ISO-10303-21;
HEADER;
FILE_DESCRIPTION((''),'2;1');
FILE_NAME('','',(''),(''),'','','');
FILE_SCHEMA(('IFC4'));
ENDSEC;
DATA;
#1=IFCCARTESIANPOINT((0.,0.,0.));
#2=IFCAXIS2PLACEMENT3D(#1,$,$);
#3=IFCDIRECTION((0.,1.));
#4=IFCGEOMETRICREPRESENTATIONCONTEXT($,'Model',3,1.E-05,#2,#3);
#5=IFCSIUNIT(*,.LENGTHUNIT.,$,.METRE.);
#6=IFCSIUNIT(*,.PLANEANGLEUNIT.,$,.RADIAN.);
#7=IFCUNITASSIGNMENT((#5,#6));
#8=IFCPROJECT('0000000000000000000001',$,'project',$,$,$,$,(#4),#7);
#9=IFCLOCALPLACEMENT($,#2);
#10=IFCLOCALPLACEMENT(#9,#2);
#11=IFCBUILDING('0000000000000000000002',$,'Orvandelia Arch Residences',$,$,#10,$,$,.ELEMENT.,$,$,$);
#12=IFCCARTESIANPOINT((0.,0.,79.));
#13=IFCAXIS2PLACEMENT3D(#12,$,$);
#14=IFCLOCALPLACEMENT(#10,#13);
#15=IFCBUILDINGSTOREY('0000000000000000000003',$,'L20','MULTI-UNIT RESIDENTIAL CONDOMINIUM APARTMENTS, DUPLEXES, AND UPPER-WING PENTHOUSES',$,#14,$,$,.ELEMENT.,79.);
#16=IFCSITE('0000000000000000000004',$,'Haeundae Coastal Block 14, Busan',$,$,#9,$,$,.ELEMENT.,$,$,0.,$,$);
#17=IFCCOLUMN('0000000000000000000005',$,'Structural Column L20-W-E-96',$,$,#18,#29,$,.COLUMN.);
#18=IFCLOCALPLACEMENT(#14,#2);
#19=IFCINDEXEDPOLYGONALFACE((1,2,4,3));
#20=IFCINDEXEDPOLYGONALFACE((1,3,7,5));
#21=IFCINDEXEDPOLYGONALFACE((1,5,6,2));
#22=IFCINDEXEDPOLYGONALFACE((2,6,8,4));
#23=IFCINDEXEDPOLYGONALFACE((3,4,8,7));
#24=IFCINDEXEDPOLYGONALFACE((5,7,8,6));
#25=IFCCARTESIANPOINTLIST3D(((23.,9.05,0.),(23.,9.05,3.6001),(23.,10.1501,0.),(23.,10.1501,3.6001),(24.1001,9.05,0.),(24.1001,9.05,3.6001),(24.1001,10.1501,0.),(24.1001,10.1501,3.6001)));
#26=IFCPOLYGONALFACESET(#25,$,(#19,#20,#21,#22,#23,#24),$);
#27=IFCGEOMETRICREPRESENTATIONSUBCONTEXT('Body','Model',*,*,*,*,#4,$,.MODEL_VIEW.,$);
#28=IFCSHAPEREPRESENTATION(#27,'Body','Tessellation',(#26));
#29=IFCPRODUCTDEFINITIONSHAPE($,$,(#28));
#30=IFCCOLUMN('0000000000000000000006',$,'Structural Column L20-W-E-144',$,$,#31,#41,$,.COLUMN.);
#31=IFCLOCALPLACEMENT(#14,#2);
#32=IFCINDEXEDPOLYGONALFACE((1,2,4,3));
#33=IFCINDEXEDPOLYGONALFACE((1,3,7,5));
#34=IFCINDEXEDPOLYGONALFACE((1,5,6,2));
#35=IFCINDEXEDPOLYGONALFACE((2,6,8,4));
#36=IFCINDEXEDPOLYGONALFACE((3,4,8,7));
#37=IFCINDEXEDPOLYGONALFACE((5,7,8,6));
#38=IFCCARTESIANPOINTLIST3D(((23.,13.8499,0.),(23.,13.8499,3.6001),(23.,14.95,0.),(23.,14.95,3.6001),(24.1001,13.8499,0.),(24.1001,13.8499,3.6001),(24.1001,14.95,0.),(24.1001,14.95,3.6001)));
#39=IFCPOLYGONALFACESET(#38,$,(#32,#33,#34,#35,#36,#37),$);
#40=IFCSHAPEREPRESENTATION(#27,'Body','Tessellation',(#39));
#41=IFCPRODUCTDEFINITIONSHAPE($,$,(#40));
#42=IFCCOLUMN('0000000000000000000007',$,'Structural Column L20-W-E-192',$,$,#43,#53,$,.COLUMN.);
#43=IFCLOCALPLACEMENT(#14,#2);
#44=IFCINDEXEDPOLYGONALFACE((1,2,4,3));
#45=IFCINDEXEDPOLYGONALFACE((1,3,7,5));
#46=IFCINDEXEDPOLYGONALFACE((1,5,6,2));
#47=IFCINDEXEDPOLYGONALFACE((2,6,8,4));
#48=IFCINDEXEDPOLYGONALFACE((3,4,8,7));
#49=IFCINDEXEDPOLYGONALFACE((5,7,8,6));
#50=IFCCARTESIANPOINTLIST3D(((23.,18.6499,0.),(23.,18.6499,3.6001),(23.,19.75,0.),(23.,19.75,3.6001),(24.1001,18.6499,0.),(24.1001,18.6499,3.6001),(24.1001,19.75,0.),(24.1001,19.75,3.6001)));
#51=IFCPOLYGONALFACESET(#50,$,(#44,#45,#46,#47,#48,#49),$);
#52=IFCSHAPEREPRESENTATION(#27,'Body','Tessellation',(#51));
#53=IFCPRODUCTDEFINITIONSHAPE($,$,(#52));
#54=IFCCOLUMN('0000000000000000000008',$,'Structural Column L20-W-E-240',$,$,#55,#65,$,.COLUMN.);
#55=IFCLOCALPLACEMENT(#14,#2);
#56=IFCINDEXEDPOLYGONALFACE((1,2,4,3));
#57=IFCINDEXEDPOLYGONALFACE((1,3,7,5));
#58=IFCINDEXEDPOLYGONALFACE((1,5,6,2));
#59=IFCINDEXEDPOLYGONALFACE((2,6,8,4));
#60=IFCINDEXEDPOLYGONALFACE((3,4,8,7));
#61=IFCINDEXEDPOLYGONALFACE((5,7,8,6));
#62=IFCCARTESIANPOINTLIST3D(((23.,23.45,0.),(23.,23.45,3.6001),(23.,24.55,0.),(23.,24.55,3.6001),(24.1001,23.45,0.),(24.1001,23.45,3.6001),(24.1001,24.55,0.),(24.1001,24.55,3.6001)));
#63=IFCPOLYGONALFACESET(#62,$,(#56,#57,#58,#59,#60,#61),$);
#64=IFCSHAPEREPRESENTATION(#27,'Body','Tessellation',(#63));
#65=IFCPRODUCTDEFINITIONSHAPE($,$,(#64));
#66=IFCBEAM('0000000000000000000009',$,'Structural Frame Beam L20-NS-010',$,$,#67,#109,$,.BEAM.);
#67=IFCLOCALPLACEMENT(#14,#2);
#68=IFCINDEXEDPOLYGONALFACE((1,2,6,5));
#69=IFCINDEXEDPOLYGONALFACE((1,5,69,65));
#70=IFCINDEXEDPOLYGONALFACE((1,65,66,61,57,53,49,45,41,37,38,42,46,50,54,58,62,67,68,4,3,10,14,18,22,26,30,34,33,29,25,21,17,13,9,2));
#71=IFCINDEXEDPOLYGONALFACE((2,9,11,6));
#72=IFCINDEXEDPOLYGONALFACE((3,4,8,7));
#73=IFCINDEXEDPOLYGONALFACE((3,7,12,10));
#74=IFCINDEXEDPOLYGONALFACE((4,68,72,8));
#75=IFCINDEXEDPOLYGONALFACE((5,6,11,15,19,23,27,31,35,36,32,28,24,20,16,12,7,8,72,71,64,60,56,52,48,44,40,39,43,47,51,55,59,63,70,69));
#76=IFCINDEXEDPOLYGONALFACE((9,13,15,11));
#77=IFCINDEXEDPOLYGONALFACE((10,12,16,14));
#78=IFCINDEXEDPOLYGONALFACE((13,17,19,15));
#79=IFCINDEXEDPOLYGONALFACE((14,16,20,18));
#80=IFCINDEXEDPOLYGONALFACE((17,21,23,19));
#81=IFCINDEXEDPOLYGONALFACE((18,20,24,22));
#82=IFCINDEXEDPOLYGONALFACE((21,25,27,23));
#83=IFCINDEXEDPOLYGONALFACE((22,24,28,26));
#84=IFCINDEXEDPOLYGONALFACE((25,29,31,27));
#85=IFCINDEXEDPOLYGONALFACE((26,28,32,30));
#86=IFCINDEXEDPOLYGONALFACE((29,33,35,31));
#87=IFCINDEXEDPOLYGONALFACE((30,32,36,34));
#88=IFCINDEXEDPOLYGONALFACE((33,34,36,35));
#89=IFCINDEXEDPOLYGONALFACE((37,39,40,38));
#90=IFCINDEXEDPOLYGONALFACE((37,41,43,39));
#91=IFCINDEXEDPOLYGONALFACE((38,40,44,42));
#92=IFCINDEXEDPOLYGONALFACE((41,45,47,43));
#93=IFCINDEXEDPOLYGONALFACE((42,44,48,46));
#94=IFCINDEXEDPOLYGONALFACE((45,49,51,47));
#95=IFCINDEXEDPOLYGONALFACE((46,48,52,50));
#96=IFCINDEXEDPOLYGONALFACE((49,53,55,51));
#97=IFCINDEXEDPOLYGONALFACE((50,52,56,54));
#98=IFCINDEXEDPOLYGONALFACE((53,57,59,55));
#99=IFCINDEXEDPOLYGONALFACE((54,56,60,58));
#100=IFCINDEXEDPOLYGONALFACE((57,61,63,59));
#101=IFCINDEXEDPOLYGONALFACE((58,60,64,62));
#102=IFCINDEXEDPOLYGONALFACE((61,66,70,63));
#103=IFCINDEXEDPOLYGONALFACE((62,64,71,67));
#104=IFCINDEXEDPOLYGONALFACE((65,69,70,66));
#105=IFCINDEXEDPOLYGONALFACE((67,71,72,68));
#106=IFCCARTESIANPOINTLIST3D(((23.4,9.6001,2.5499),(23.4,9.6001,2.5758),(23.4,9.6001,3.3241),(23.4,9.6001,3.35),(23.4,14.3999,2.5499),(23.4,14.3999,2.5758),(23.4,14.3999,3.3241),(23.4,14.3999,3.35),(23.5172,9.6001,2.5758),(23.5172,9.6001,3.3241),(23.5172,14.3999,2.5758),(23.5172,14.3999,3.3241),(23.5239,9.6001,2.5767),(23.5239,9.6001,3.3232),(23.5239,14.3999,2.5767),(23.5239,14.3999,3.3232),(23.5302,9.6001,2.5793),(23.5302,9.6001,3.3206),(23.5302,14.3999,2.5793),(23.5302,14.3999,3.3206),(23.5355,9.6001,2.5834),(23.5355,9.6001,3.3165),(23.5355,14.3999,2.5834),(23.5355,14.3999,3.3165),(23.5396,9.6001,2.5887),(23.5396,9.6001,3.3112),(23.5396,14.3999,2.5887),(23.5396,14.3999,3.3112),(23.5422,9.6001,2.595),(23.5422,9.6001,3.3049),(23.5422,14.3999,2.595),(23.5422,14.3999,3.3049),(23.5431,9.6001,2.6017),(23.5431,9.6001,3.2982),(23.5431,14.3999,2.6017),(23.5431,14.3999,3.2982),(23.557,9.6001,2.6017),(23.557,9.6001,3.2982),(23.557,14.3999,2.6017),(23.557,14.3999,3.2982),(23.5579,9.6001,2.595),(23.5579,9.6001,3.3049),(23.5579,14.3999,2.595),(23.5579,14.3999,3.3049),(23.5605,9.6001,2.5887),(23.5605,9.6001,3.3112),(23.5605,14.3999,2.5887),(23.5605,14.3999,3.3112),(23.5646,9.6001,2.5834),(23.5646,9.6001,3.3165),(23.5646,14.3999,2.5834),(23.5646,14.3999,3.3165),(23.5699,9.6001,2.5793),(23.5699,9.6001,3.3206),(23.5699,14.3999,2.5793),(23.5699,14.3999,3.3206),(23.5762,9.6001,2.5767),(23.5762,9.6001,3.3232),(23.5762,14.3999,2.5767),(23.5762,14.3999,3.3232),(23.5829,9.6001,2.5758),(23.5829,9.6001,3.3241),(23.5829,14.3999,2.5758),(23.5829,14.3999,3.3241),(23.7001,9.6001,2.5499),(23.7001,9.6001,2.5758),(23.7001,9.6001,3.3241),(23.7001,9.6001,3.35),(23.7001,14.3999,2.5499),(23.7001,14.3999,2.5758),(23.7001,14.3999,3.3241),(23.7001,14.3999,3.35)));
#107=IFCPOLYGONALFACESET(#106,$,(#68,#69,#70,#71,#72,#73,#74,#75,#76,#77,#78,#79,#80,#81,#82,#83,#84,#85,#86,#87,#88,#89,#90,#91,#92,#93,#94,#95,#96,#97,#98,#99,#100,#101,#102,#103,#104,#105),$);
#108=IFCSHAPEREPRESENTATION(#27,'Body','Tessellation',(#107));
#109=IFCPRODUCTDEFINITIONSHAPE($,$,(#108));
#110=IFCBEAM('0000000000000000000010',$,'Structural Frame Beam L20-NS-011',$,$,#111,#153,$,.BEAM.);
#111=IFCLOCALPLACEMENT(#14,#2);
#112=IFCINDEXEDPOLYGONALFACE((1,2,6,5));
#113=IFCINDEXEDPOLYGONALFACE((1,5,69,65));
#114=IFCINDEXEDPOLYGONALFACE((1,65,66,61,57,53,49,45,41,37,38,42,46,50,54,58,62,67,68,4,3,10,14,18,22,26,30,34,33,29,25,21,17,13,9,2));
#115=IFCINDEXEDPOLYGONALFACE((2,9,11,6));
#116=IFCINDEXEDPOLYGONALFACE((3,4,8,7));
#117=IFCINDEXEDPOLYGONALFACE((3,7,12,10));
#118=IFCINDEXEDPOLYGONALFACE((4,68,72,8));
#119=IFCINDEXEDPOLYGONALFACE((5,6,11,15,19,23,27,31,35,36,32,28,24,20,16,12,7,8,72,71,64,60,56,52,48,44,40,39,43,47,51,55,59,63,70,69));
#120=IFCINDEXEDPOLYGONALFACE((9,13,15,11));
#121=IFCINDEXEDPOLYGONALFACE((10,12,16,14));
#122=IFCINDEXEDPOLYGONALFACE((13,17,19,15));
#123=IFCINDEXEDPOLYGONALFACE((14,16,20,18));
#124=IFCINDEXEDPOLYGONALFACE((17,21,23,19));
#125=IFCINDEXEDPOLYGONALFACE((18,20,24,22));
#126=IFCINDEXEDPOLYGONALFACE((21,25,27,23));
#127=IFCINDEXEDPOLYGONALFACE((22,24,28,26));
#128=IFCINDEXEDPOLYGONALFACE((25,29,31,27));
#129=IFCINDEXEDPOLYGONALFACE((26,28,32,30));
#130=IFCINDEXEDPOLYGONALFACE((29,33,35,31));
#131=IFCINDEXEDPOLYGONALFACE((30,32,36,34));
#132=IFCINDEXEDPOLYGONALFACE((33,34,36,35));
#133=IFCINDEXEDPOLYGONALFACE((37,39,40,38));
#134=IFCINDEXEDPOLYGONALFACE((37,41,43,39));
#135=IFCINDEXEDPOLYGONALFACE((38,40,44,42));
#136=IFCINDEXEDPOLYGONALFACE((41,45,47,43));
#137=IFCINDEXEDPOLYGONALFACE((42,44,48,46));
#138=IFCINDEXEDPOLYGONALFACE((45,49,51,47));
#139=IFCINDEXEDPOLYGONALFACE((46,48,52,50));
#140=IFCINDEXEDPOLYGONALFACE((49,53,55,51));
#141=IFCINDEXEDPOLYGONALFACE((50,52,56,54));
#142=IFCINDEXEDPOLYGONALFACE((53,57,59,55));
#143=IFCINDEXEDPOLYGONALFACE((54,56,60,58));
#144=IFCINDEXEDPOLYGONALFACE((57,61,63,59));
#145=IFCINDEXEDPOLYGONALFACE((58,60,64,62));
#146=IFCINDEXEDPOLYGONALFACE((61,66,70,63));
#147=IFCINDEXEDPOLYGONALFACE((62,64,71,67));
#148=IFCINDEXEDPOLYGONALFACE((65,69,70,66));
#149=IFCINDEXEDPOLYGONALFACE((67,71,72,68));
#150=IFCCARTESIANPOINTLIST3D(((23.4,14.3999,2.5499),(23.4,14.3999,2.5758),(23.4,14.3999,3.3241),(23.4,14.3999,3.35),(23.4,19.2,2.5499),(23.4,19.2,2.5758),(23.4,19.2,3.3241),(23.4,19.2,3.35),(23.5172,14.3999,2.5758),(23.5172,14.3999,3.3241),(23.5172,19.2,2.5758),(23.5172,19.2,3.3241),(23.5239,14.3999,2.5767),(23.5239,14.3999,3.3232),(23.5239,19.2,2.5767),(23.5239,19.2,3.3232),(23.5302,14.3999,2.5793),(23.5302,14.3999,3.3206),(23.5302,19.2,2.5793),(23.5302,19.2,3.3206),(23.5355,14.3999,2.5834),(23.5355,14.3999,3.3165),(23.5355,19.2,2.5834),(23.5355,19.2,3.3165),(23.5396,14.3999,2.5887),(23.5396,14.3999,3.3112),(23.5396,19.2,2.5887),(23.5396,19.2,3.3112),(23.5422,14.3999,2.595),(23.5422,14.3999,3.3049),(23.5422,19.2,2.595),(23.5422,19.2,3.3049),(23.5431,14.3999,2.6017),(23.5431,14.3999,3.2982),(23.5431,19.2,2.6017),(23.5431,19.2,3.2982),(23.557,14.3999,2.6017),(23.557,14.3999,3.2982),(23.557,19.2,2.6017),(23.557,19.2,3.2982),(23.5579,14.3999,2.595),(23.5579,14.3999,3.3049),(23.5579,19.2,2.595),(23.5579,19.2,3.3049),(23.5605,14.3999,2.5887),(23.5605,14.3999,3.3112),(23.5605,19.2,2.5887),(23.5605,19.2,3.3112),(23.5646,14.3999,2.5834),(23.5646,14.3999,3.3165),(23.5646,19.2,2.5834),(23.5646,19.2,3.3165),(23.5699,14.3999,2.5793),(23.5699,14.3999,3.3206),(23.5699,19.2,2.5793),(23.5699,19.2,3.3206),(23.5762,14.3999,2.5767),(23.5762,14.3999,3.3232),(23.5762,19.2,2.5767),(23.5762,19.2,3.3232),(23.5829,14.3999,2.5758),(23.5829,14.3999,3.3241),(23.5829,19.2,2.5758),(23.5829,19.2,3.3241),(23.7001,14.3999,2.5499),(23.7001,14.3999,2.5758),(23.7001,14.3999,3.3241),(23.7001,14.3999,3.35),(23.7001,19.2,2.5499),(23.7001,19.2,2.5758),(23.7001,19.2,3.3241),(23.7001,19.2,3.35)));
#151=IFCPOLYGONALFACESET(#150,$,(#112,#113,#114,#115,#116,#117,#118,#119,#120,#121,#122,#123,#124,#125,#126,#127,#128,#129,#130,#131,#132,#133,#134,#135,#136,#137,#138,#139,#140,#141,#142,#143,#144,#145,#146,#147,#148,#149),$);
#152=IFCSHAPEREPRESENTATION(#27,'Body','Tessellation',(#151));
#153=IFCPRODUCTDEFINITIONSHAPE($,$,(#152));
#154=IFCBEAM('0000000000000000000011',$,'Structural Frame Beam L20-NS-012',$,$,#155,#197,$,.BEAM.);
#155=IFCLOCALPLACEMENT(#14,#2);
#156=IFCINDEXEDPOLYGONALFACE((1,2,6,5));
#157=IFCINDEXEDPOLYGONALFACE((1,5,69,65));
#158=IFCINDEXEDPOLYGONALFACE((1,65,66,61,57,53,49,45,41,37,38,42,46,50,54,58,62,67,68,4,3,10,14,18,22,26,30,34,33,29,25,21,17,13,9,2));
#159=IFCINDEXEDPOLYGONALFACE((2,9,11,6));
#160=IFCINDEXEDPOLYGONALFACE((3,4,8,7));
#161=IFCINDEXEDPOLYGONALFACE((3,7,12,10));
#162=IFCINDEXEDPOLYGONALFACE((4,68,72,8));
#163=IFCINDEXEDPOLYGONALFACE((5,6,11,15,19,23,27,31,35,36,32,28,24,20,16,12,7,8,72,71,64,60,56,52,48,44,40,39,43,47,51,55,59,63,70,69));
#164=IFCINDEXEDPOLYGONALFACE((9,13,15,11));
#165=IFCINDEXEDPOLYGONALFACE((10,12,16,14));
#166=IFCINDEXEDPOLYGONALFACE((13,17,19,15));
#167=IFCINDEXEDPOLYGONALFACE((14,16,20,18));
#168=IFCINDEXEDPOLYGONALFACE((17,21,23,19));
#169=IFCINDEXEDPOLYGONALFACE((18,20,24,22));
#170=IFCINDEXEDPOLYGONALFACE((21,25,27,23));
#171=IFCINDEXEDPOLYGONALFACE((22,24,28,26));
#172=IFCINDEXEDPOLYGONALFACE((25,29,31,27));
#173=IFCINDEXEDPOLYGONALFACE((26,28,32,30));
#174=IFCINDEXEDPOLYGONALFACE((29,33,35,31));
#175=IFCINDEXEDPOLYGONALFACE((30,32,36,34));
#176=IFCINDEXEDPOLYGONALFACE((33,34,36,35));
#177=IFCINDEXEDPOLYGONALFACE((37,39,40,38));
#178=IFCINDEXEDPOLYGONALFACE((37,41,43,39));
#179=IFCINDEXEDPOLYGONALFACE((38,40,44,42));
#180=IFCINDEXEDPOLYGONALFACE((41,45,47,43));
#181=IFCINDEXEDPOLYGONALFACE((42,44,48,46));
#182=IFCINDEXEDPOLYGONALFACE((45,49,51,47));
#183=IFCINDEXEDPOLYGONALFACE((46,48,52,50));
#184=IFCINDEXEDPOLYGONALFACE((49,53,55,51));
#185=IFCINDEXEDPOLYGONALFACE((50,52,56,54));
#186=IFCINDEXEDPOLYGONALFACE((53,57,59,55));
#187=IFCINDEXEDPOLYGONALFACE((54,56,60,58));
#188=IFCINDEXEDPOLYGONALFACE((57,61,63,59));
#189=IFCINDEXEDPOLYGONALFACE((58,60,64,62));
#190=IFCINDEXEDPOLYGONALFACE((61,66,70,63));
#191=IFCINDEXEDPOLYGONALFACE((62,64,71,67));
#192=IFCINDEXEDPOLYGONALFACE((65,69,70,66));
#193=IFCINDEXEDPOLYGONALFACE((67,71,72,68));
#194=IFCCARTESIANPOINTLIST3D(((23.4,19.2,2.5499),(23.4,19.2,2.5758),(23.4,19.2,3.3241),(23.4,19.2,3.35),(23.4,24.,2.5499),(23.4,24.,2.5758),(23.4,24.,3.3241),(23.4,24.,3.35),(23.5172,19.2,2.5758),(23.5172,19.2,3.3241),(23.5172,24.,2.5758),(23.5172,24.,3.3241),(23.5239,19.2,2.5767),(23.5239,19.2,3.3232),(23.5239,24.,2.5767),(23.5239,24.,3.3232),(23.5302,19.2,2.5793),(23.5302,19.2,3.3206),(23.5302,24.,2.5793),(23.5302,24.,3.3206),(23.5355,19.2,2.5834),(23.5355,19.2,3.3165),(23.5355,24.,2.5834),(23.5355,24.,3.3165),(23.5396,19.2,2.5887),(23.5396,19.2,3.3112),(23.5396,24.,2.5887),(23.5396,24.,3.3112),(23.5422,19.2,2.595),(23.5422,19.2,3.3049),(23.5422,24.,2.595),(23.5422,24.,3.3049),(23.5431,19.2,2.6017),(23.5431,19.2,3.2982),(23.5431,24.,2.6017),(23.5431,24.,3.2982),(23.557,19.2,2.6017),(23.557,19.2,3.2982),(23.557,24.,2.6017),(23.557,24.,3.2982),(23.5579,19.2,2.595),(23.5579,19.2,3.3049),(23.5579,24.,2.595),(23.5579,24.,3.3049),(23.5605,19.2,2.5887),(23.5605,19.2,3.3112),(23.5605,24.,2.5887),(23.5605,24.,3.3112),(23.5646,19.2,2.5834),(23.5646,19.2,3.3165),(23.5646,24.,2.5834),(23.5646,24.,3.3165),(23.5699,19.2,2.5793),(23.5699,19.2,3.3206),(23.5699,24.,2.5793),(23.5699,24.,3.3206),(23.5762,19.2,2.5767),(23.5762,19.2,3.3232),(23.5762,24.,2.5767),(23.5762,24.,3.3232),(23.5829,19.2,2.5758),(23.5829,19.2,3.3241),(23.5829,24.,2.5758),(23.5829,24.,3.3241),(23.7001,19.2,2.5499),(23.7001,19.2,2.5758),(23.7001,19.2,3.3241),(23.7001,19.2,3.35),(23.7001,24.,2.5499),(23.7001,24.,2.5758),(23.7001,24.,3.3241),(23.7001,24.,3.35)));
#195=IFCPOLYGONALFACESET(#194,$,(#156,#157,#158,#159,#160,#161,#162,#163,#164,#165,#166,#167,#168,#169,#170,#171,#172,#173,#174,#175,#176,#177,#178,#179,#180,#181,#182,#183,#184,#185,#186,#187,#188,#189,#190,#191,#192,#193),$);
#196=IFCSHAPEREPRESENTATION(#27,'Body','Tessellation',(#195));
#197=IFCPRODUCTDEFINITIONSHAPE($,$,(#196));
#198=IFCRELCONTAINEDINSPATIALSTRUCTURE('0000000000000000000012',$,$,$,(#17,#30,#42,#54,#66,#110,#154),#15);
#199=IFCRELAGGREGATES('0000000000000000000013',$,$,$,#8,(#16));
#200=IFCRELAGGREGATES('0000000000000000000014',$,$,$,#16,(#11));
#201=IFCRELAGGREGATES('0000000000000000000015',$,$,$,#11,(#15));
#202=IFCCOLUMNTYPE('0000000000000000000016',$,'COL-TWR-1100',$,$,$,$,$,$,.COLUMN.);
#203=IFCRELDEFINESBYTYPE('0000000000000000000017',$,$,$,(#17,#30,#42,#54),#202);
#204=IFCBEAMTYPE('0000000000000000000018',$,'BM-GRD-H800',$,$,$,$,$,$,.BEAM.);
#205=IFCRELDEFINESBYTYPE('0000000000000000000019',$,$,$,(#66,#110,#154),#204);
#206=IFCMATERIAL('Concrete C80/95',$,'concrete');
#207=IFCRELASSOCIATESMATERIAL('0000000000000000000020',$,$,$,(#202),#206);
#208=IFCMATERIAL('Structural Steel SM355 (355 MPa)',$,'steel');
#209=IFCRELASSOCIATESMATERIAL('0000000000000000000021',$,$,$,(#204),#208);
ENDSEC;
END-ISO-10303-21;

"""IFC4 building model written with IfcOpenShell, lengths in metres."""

from ifc_helpers import new_model, si_unit, direction, frame, origin, origin_2d, place, context, subcontext, project, spatial, rectangle, i_section, extrude, material, material_profile, profile_set, type_object, element, save


model = new_model("IFC4")

# Units and contexts
model_context = context("Model", 3, precision=1e-05, world=origin(), true_north=direction((0.0, 1.0)))
body_context = subcontext(model_context, "Body", "Model", "MODEL_VIEW")
ifc_project = project(units=[si_unit("LENGTHUNIT", "METRE"), si_unit("PLANEANGLEUNIT", "RADIAN")], contexts=[model_context])

# Site, building, storey
site_placement = place(None, origin())
site = spatial("IfcSite", under=ifc_project, at=site_placement, Name="Haeundae Coastal Block 14, Busan", CompositionType="ELEMENT", RefElevation=0.0)
building_placement = place(site_placement, origin())
building = spatial("IfcBuilding", under=site, at=building_placement, Name="Orvandelia Arch Residences", CompositionType="ELEMENT")
storey_placement = place(building_placement, frame((0.0, 0.0, 79.0)))
storey = spatial("IfcBuildingStorey", under=building, at=storey_placement, Name="L20", Description="MULTI-UNIT RESIDENTIAL CONDOMINIUM APARTMENTS, DUPLEXES, AND UPPER-WING PENTHOUSES", CompositionType="ELEMENT", Elevation=79.0)

# Columns
ifc_material_1 = material(Name="Concrete C80/95", Category="concrete")
ifc_material_profile_1 = material_profile(ifc_material_1, rectangle(XDim=1.1001, YDim=1.1001, at=origin_2d()), Name="Concrete C80/95", Category="concrete")
ifc_profile_set_1 = profile_set([ifc_material_profile_1], Name="Concrete C80/95")
column_type = type_object("IfcColumnType", Name="COL-TWR-1100", PredefinedType="COLUMN", material=ifc_profile_set_1)
for number, where, z_axis, x_axis, name in (
    (1, (23.55, 9.6001, 0.0), (0.0, 0.0, 1.0), (1.0, 0.0, 0.0), "Structural Column L20-W-E-96"),
    (2, (23.55, 14.3999, 0.0), (0.0, 0.0, 1.0), (1.0, 0.0, 0.0), "Structural Column L20-W-E-144"),
    (3, (23.55, 19.2, 0.0), (0.0, 0.0, 1.0), (1.0, 0.0, 0.0), "Structural Column L20-W-E-192"),
    (4, (23.55, 24.0, 0.0), (0.0, 0.0, 1.0), (1.0, 0.0, 0.0), "Structural Column L20-W-E-240"),
):
    element("IfcColumn", number, at=place(storey_placement, frame(where, z_axis=z_axis, x_axis=x_axis)), inside=storey, type_object=column_type, Name=name, PredefinedType="COLUMN", context=body_context, shape_type="SweptSolid", body=[
        extrude(rectangle(XDim=1.1001, YDim=1.1001, at=origin_2d()), origin(), (0.0, 0.0, 1.0), 3.6001),
    ])

# Beams
ifc_material_2 = material(Name="Structural Steel SM355 (355 MPa)", Category="steel")
ifc_material_profile_2 = material_profile(ifc_material_2, i_section(OverallWidth=0.3, OverallDepth=0.8, WebThickness=0.0139, FlangeThickness=0.0259, FilletRadius=0.0259, at=origin_2d()), Name="Structural Steel SM355 (355 MPa)", Category="steel")
ifc_profile_set_2 = profile_set([ifc_material_profile_2], Name="Structural Steel SM355 (355 MPa)")
beam_type = type_object("IfcBeamType", Name="BM-GRD-H800", PredefinedType="BEAM", material=ifc_profile_set_2)
beam_1_placement = place(storey_placement, frame((23.55, 9.6001, 2.95), z_axis=(0.0, 1.0, 0.0), x_axis=(-1.0, 0.0, 0.0)))
element("IfcBeam", 5, at=beam_1_placement, inside=storey, type_object=beam_type, Name="Structural Frame Beam L20-NS-010", PredefinedType="BEAM", context=body_context, shape_type="SweptSolid", body=[
    extrude(i_section(OverallWidth=0.3, OverallDepth=0.8, WebThickness=0.0139, FlangeThickness=0.0259, FilletRadius=0.0259, at=origin_2d()), origin(), (0.0, 0.0, 1.0), 4.7998),
])
for number, where, z_axis, x_axis, name in (
    (6, (23.55, 14.3999, 2.95), (0.0, 1.0, 0.0), (-1.0, 0.0, 0.0), "Structural Frame Beam L20-NS-011"),
    (7, (23.55, 19.2, 2.95), (0.0, 1.0, 0.0), (-1.0, 0.0, 0.0), "Structural Frame Beam L20-NS-012"),
):
    element("IfcBeam", number, at=place(storey_placement, frame(where, z_axis=z_axis, x_axis=x_axis)), inside=storey, type_object=beam_type, Name=name, PredefinedType="BEAM", context=body_context, shape_type="SweptSolid", body=[
        extrude(i_section(OverallWidth=0.3, OverallDepth=0.8, WebThickness=0.0139, FlangeThickness=0.0259, FilletRadius=0.0259, at=origin_2d()), origin(), (0.0, 0.0, 1.0), 4.8),
    ])

save(model, "model.ifc")
